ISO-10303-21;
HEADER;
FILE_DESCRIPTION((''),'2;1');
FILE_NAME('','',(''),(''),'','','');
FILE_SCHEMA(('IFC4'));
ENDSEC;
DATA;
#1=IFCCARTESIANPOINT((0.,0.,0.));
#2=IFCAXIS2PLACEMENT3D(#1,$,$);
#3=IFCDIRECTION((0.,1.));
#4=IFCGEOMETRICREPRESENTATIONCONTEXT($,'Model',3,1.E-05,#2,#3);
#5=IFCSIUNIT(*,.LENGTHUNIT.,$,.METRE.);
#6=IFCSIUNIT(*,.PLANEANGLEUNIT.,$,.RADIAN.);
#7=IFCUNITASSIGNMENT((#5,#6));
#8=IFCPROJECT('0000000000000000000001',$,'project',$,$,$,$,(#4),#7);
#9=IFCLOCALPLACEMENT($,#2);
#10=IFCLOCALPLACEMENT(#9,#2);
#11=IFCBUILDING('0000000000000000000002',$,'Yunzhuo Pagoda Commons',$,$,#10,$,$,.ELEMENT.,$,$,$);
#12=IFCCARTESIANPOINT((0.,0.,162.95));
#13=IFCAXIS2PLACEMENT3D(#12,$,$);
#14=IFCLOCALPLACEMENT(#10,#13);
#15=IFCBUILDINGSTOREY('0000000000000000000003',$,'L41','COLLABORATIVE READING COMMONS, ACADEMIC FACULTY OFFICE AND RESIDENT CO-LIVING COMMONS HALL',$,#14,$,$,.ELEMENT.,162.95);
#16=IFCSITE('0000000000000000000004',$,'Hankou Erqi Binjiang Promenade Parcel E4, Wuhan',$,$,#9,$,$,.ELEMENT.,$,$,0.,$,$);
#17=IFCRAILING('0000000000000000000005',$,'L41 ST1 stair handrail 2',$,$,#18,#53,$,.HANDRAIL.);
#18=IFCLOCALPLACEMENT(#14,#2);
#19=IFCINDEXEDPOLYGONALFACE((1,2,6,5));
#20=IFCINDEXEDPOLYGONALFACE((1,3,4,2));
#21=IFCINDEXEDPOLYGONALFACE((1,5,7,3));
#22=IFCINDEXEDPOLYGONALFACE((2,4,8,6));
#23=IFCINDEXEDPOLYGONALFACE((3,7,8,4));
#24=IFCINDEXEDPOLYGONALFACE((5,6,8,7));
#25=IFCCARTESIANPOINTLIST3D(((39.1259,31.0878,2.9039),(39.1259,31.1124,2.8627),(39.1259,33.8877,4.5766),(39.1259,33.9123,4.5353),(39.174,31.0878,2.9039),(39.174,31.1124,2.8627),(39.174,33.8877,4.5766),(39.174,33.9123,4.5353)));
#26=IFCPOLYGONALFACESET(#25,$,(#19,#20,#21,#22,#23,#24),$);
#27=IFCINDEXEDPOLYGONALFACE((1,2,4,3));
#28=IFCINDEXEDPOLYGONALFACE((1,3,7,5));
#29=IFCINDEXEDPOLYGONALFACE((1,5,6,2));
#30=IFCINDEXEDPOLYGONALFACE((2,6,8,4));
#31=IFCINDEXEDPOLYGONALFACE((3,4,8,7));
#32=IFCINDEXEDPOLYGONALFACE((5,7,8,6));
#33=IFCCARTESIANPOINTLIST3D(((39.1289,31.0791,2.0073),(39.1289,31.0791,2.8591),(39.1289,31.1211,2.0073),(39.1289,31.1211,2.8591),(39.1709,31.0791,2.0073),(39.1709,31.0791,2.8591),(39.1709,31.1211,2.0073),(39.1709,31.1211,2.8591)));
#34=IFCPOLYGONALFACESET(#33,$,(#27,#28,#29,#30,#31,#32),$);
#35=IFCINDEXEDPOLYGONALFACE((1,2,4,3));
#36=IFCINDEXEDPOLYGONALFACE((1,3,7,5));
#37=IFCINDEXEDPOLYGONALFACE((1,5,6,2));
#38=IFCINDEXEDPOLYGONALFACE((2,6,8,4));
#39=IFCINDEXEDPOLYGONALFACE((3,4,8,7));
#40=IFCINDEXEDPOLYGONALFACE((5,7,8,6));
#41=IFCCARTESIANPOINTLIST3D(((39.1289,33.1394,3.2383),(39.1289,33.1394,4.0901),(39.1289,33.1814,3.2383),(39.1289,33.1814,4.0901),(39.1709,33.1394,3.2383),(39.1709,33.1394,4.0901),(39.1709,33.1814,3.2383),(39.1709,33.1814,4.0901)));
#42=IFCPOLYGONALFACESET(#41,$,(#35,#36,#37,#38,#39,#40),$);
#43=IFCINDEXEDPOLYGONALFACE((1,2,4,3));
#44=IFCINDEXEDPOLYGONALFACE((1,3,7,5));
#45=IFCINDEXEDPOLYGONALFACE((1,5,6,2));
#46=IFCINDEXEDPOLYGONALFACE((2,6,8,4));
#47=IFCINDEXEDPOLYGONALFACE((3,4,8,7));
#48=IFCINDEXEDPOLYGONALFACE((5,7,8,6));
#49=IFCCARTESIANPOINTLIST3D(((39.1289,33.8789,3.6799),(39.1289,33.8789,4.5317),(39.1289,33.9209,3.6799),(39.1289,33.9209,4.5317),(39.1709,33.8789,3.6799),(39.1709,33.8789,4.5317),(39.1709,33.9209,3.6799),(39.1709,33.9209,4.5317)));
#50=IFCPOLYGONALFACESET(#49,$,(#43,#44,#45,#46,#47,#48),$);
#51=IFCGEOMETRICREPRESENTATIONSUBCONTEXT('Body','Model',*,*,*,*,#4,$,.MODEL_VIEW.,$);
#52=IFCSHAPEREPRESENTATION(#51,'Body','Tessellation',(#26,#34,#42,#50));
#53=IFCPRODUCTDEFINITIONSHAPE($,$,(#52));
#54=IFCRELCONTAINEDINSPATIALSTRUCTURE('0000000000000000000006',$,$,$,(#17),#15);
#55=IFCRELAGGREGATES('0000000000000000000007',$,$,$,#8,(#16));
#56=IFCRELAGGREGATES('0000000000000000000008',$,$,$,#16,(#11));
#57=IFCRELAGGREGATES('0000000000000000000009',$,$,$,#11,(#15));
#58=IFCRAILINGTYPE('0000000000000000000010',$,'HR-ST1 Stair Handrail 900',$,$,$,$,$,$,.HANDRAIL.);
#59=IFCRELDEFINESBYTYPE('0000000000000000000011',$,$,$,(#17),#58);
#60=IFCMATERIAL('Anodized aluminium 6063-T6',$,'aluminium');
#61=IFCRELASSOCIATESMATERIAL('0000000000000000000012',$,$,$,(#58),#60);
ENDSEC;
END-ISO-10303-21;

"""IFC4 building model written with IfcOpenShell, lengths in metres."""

from ifc_helpers import new_model, si_unit, direction, frame, origin, origin_2d, place, context, subcontext, project, spatial, rectangle, extrude, material, type_object, element, save


model = new_model("IFC4")

# Units and contexts
model_context = context("Model", 3, precision=1e-05, world=origin(), true_north=direction((0.0, 1.0)))
body_context = subcontext(model_context, "Body", "Model", "MODEL_VIEW")
ifc_project = project(units=[si_unit("LENGTHUNIT", "METRE"), si_unit("PLANEANGLEUNIT", "RADIAN")], contexts=[model_context])

# Site, building, storey
site_placement = place(None, origin())
site = spatial("IfcSite", under=ifc_project, at=site_placement, Name="Hankou Erqi Binjiang Promenade Parcel E4, Wuhan", CompositionType="ELEMENT", RefElevation=0.0)
building_placement = place(site_placement, origin())
building = spatial("IfcBuilding", under=site, at=building_placement, Name="Yunzhuo Pagoda Commons", CompositionType="ELEMENT")
storey_placement = place(building_placement, frame((0.0, 0.0, 162.95)))
storey = spatial("IfcBuildingStorey", under=building, at=storey_placement, Name="L41", Description="COLLABORATIVE READING COMMONS, ACADEMIC FACULTY OFFICE AND RESIDENT CO-LIVING COMMONS HALL", CompositionType="ELEMENT", Elevation=162.95)

# Railing
ifc_material_1 = material(Name="Anodized aluminium 6063-T6", Category="aluminium")
railing_type_1 = type_object("IfcRailingType", Name="HR-ST1 Stair Handrail 900", PredefinedType="HANDRAIL", material=ifc_material_1)
railing_1_placement = place(storey_placement, frame((39.1499, 31.1001, 2.0073)))
element("IfcRailing", 1, at=railing_1_placement, inside=storey, type_object=railing_type_1, Name="L41 ST1 stair handrail 2", PredefinedType="HANDRAIL", context=body_context, shape_type="SweptSolid", body=[
    extrude(rectangle(XDim=0.0481, YDim=0.0481, at=origin_2d()), frame((0.0, 0.0, 0.876), z_axis=(0.0, 0.858476, 0.512855), x_axis=(-1.0, 0.0, 0.0)), (0.0, 0.0, 1.0), 3.2615),
    extrude(rectangle(XDim=0.042, YDim=0.042, at=origin_2d()), origin(), (0.0, 0.0, 1.0), 0.8518),
    extrude(rectangle(XDim=0.042, YDim=0.042, at=origin_2d()), frame((0.0, 2.0603, 1.231)), (0.0, 0.0, 1.0), 0.8518),
    extrude(rectangle(XDim=0.042, YDim=0.042, at=origin_2d()), frame((0.0, 2.7998, 1.6726)), (0.0, 0.0, 1.0), 0.8518),
])

save(model, "model.ifc")
